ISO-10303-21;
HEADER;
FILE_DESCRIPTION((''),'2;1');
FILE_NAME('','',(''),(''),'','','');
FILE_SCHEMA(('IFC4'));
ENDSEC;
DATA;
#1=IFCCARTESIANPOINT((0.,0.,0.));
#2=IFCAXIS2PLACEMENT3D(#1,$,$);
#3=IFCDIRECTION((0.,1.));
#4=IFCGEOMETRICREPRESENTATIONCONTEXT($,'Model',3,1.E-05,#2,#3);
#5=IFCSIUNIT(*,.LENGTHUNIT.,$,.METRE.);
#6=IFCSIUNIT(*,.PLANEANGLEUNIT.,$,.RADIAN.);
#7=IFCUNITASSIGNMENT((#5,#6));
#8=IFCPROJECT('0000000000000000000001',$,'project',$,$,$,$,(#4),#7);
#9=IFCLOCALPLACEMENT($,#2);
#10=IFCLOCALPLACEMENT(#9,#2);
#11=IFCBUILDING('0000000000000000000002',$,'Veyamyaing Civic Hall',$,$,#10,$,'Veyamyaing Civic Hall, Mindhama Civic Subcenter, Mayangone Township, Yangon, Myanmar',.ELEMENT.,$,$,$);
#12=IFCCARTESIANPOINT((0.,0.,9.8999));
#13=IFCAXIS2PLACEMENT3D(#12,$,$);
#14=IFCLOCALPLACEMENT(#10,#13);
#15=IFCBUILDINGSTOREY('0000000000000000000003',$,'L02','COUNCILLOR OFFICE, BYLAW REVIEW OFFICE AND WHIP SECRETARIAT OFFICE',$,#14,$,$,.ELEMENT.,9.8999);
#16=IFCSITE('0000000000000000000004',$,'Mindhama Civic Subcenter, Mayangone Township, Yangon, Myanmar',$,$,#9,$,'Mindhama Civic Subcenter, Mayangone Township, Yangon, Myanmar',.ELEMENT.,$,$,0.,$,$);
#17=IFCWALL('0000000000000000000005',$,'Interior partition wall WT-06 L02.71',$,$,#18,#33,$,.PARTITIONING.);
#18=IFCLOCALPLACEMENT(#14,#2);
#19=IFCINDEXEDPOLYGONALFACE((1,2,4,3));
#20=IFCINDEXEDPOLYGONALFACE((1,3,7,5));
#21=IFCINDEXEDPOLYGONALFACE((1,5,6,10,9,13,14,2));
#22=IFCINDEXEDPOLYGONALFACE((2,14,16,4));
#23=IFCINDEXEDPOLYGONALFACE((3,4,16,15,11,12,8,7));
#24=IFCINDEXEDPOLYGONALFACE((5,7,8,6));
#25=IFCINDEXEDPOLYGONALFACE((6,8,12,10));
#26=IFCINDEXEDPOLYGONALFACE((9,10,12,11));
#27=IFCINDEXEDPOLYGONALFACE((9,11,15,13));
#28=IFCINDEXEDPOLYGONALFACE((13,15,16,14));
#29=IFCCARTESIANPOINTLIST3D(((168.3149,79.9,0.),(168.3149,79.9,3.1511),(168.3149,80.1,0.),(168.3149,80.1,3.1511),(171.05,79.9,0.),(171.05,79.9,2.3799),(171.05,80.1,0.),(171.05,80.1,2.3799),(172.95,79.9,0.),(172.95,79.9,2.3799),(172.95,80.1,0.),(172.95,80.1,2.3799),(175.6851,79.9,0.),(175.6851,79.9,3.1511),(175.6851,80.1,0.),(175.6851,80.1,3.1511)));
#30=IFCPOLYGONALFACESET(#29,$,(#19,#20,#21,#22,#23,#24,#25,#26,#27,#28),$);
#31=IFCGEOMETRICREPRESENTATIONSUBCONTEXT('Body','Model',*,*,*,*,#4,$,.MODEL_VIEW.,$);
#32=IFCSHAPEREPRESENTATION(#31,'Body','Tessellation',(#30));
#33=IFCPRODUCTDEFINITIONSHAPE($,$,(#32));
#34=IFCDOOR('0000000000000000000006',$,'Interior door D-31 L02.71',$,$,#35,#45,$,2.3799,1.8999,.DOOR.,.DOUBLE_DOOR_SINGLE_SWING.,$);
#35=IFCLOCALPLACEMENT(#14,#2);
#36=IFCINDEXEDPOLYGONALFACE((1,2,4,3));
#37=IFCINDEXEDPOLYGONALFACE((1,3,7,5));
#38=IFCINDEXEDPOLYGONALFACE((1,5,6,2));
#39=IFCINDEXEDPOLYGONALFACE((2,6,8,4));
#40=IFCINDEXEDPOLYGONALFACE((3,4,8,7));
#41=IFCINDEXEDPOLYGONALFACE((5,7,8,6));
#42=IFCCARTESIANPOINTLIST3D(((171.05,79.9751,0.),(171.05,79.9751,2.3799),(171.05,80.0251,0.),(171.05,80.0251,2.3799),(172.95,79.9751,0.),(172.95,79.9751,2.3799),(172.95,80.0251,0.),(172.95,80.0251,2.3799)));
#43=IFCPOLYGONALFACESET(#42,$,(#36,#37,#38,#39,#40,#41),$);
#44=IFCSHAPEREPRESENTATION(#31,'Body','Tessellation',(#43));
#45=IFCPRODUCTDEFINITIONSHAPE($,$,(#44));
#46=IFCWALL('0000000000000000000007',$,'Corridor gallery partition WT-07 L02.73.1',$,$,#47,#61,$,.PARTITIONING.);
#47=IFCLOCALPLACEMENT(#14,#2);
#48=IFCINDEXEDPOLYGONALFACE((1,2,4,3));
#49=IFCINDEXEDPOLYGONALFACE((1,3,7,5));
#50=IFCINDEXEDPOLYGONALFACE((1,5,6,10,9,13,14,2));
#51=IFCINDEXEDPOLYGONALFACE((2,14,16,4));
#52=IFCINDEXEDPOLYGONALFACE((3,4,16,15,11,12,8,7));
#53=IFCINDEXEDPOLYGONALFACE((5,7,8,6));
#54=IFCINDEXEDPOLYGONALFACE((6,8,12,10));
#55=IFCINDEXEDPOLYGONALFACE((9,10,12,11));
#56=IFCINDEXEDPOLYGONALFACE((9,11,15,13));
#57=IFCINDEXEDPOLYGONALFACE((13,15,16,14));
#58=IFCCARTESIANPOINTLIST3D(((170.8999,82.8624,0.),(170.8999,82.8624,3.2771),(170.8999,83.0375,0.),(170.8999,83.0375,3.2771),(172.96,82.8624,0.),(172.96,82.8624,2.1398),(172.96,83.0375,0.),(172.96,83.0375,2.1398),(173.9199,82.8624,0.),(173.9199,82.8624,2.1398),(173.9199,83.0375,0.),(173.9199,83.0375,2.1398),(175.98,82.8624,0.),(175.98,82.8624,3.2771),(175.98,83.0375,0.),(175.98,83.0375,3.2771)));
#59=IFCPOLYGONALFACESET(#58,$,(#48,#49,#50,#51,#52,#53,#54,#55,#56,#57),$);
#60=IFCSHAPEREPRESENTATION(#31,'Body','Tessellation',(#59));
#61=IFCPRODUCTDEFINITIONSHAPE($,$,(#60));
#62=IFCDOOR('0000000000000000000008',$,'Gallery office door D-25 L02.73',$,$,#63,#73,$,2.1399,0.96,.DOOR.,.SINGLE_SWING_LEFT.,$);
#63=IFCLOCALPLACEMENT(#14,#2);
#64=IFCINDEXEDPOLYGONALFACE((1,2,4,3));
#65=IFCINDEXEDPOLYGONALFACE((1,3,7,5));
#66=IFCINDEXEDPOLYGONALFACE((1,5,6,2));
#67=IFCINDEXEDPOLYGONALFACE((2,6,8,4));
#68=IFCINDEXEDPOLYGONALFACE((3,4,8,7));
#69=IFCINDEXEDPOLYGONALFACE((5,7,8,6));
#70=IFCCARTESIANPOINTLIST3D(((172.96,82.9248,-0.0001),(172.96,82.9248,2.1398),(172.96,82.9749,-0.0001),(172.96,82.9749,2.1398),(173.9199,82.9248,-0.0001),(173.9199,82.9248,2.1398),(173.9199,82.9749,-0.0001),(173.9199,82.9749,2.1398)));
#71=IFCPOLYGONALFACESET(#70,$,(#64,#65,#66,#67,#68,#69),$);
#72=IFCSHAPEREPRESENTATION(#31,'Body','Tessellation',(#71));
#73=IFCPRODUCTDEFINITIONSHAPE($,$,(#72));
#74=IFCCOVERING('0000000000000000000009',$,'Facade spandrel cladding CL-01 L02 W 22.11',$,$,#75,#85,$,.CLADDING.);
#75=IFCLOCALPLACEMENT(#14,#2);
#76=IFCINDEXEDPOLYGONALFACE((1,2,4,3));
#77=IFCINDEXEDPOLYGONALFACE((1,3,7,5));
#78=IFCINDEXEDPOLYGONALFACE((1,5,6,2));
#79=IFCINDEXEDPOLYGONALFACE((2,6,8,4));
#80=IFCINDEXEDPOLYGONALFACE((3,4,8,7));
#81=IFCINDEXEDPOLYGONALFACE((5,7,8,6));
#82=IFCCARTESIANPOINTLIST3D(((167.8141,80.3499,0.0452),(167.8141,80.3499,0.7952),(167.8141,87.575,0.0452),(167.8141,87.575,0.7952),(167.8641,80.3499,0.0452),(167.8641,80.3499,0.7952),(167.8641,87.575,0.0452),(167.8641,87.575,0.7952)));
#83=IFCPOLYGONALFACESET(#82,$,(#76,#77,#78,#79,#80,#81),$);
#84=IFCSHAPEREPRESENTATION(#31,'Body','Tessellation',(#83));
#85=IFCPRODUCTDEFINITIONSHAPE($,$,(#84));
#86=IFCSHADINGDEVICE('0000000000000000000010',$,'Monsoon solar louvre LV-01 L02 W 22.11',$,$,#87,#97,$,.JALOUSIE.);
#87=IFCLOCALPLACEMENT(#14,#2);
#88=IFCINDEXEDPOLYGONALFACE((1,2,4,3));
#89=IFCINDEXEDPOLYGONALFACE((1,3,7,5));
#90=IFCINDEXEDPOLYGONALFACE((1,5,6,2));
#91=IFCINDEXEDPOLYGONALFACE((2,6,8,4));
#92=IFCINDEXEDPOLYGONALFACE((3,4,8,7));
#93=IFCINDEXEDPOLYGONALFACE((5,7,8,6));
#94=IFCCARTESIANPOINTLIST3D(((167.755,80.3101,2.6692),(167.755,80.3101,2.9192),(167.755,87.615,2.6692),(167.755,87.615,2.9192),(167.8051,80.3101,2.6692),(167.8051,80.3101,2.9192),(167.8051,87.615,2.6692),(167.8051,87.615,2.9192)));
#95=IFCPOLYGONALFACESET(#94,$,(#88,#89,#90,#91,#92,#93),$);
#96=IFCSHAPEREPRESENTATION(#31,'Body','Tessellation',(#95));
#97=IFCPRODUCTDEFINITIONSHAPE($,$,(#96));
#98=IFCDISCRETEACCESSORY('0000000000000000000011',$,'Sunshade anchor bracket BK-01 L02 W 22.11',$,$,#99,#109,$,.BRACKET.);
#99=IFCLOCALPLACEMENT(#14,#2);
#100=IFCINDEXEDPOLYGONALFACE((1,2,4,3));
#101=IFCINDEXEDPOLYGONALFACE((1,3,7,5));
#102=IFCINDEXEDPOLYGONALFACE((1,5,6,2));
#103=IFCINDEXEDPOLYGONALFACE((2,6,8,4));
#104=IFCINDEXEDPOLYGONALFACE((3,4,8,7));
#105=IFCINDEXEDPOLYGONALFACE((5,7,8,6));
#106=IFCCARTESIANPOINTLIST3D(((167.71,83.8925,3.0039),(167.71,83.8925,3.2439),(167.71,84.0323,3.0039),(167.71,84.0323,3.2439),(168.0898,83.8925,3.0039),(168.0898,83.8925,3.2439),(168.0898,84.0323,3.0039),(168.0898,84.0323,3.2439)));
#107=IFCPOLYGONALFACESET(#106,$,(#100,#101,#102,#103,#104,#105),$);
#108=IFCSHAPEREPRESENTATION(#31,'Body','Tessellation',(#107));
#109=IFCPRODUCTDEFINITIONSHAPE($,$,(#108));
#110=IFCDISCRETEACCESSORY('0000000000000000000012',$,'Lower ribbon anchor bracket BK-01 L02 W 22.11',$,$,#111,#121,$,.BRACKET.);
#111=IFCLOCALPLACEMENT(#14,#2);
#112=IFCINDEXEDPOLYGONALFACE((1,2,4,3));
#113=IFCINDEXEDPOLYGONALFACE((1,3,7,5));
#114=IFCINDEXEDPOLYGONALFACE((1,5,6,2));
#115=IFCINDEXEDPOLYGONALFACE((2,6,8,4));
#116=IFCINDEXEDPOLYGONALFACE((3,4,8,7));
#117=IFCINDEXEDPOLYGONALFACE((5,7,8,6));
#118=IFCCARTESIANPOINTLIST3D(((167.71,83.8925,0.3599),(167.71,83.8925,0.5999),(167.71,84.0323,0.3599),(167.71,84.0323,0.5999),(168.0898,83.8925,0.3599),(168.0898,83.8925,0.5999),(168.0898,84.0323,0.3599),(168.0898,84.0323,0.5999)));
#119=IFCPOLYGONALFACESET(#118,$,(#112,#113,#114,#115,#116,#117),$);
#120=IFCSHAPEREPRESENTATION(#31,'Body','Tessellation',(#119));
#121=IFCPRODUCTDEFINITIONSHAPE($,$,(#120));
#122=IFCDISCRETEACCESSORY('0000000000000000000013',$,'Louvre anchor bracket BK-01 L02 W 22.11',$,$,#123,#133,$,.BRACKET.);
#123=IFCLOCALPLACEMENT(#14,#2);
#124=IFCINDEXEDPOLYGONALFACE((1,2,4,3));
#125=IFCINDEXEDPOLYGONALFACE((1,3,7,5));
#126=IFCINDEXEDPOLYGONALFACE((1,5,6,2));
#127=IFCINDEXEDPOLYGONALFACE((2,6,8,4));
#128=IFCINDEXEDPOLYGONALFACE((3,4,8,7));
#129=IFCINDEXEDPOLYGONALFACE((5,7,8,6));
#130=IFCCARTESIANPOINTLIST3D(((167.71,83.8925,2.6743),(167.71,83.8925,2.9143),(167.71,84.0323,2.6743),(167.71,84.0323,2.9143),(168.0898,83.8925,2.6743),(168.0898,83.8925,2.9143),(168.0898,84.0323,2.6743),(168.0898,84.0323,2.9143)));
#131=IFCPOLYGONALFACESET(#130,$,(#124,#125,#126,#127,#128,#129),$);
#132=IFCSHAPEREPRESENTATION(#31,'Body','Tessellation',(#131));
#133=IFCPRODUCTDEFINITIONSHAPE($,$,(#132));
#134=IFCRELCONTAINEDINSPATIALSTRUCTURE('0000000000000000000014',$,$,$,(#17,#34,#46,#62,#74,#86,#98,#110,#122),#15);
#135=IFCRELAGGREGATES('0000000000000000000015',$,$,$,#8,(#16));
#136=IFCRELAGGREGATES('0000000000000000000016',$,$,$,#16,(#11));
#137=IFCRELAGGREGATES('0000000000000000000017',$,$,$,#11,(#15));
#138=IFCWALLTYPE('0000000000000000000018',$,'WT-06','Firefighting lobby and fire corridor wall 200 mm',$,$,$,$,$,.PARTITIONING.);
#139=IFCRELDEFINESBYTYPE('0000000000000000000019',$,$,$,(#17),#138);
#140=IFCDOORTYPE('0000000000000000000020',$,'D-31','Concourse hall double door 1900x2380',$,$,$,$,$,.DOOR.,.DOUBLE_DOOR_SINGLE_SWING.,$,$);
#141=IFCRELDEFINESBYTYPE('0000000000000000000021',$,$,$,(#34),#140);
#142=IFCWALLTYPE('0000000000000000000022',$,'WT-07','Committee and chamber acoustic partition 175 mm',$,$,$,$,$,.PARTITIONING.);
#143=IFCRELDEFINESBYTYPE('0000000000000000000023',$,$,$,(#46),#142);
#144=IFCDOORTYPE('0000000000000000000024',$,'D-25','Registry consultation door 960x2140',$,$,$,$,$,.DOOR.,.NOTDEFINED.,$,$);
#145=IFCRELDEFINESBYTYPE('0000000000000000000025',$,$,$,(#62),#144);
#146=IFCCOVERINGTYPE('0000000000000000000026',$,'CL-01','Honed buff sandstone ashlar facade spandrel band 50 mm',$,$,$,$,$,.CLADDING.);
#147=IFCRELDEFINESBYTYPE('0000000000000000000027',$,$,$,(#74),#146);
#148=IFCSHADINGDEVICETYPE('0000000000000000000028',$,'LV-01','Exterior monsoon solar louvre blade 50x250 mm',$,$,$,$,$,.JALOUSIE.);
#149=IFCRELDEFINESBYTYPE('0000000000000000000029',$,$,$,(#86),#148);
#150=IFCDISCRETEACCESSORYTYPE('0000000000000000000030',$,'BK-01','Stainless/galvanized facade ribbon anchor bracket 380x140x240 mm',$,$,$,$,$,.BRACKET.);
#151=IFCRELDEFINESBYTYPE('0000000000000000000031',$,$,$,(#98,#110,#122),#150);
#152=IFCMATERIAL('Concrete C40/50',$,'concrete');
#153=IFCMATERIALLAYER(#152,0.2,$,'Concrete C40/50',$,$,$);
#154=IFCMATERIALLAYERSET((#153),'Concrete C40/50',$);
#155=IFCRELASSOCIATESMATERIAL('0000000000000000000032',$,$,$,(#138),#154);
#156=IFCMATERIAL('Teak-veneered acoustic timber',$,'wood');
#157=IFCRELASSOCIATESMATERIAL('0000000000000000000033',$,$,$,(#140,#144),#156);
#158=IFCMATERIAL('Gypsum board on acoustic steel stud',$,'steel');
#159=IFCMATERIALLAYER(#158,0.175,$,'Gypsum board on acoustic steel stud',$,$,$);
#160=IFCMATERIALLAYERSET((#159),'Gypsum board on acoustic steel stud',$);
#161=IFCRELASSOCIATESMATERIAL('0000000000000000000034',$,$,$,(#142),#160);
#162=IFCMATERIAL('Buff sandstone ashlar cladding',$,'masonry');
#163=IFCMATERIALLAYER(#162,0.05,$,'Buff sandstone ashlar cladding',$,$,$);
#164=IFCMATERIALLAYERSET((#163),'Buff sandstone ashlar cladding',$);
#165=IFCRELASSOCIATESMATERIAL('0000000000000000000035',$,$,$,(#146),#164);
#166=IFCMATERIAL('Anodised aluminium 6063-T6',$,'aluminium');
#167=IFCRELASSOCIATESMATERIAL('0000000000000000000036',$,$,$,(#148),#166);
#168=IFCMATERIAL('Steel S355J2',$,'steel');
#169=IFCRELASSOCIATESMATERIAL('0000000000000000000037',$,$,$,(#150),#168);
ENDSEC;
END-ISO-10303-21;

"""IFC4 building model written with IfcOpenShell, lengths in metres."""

from ifc_helpers import new_model, si_unit, direction, frame, frame_2d, origin, origin_2d, place, context, subcontext, project, spatial, rectangle, extrude, material, layer, layer_set, material_profile, profile_set, type_object, element, fill, save


model = new_model("IFC4")

# Units and contexts
model_context = context("Model", 3, precision=1e-05, world=origin(), true_north=direction((0.0, 1.0)))
body_context = subcontext(model_context, "Body", "Model", "MODEL_VIEW")
ifc_project = project(units=[si_unit("LENGTHUNIT", "METRE"), si_unit("PLANEANGLEUNIT", "RADIAN")], contexts=[model_context])

# Site, building, storey
site_placement = place(None, origin())
site = spatial("IfcSite", under=ifc_project, at=site_placement, Name="Mindhama Civic Subcenter, Mayangone Township, Yangon, Myanmar", LongName="Mindhama Civic Subcenter, Mayangone Township, Yangon, Myanmar", CompositionType="ELEMENT", RefElevation=0.0)
building_placement = place(site_placement, origin())
building = spatial("IfcBuilding", under=site, at=building_placement, Name="Veyamyaing Civic Hall", LongName="Veyamyaing Civic Hall, Mindhama Civic Subcenter, Mayangone Township, Yangon, Myanmar", CompositionType="ELEMENT")
storey_placement = place(building_placement, frame((0.0, 0.0, 9.8999)))
storey = spatial("IfcBuildingStorey", under=building, at=storey_placement, Name="L02", Description="COUNCILLOR OFFICE, BYLAW REVIEW OFFICE AND WHIP SECRETARIAT OFFICE", CompositionType="ELEMENT", Elevation=9.8999)

# Shared definitions
ifc_material_1 = material(Name="Anodised aluminium 6063-T6", Category="aluminium")

# Walls, openings, doors
ifc_material_2 = material(Name="Concrete C40/50", Category="concrete")
ifc_layer_1 = layer(ifc_material_2, 0.2, Name="Concrete C40/50")
ifc_layer_set_1 = layer_set([ifc_layer_1], Name="Concrete C40/50")
wall_type_1 = type_object("IfcWallType", Name="WT-06", Description="Firefighting lobby and fire corridor wall 200 mm", PredefinedType="PARTITIONING", material=ifc_layer_set_1)
wall_1_placement = place(storey_placement, frame((168.3149, 80.0, 0.0), z_axis=(0.0, 0.0, 1.0), x_axis=(1.0, 0.0, 0.0)))
wall_1 = element("IfcWall", 1, at=wall_1_placement, inside=storey, type_object=wall_type_1, Name="Interior partition wall WT-06 L02.71", PredefinedType="PARTITIONING", context=body_context, shape_type="SweptSolid", body=[
    extrude(rectangle(XDim=7.3701, YDim=0.2, at=frame_2d((3.6851, 0.0))), origin(), (0.0, 0.0, 1.0), 3.1511),
])
opening_1_placement = place(wall_1_placement, frame((2.7351, 0.0, 0.0)))
opening_1 = element("IfcOpeningElement", 2, at=opening_1_placement, cuts=wall_1, PredefinedType="OPENING", context=body_context, shape_type="SweptSolid", body=[
    extrude(rectangle(XDim=1.8999, YDim=2.3799, at=frame_2d((0.95, 1.1899))), frame((0.0, 0.1099, 0.0), z_axis=(0.0, -1.0, 0.0), x_axis=(1.0, 0.0, 0.0)), (0.0, 0.0, 1.0), 0.22),
])
ifc_material_3 = material(Name="Teak-veneered acoustic timber", Category="wood")
door_type_1 = type_object("IfcDoorType", Name="D-31", Description="Concourse hall double door 1900x2380", OperationType="DOUBLE_DOOR_SINGLE_SWING", PredefinedType="DOOR", material=ifc_material_3)
door_1_placement = place(opening_1_placement, frame((1.8999, 0.0, 0.0), z_axis=(0.0, 0.0, 1.0), x_axis=(-1.0, 0.0, 0.0)))
door_1 = element("IfcDoor", 3, at=door_1_placement, inside=storey, type_object=door_type_1, Name="Interior door D-31 L02.71", OperationType="DOUBLE_DOOR_SINGLE_SWING", OverallHeight=2.3799, OverallWidth=1.8999, PredefinedType="DOOR", context=body_context, shape_type="SweptSolid", body=[
    extrude(rectangle(XDim=1.8999, YDim=2.3799, at=frame_2d((0.95, 1.1899))), frame((0.0, 0.0249, 0.0), z_axis=(0.0, -1.0, 0.0), x_axis=(1.0, 0.0, 0.0)), (0.0, 0.0, 1.0), 0.05),
])
fill(opening_1, door_1)
ifc_material_4 = material(Name="Gypsum board on acoustic steel stud", Category="steel")
ifc_layer_2 = layer(ifc_material_4, 0.175, Name="Gypsum board on acoustic steel stud")
ifc_layer_set_2 = layer_set([ifc_layer_2], Name="Gypsum board on acoustic steel stud")
wall_type_2 = type_object("IfcWallType", Name="WT-07", Description="Committee and chamber acoustic partition 175 mm", PredefinedType="PARTITIONING", material=ifc_layer_set_2)
wall_2_placement = place(storey_placement, frame((170.8999, 82.95, 0.0), z_axis=(0.0, 0.0, 1.0), x_axis=(1.0, 0.0, 0.0)))
wall_2 = element("IfcWall", 4, at=wall_2_placement, inside=storey, type_object=wall_type_2, Name="Corridor gallery partition WT-07 L02.73.1", PredefinedType="PARTITIONING", context=body_context, shape_type="SweptSolid", body=[
    extrude(rectangle(XDim=5.0801, YDim=0.175, at=frame_2d((2.54, 0.0))), origin(), (0.0, 0.0, 1.0), 3.2771),
])
opening_2_placement = place(wall_2_placement, frame((2.0601, 0.0, 0.0)))
opening_2 = element("IfcOpeningElement", 5, at=opening_2_placement, cuts=wall_2, PredefinedType="OPENING", context=body_context, shape_type="SweptSolid", body=[
    extrude(rectangle(XDim=0.96, YDim=2.1399, at=frame_2d((0.48, 1.0698))), frame((0.0, 0.0974, 0.0), z_axis=(0.0, -1.0, 0.0), x_axis=(1.0, 0.0, 0.0)), (0.0, 0.0, 1.0), 0.1951),
])
door_type_2 = type_object("IfcDoorType", Name="D-25", Description="Registry consultation door 960x2140", OperationType="NOTDEFINED", PredefinedType="DOOR", material=ifc_material_3)
door_2_placement = place(opening_2_placement, origin())
door_2 = element("IfcDoor", 6, at=door_2_placement, inside=storey, type_object=door_type_2, Name="Gallery office door D-25 L02.73", OperationType="SINGLE_SWING_LEFT", OverallHeight=2.1399, OverallWidth=0.96, PredefinedType="DOOR", context=body_context, shape_type="SweptSolid", body=[
    extrude(rectangle(XDim=0.96, YDim=2.1399, at=frame_2d((0.48, 1.0698))), frame((0.0, 0.0249, 0.0), z_axis=(0.0, -1.0, 0.0), x_axis=(1.0, 0.0, 0.0)), (0.0, 0.0, 1.0), 0.05),
])
fill(opening_2, door_2)

# Covering
ifc_material_5 = material(Name="Buff sandstone ashlar cladding", Category="masonry")
ifc_layer_3 = layer(ifc_material_5, 0.05, Name="Buff sandstone ashlar cladding")
ifc_layer_set_3 = layer_set([ifc_layer_3], Name="Buff sandstone ashlar cladding")
covering_type = type_object("IfcCoveringType", Name="CL-01", Description="Honed buff sandstone ashlar facade spandrel band 50 mm", PredefinedType="CLADDING", material=ifc_layer_set_3)
covering_placement = place(storey_placement, frame((167.8391, 83.9624, 0.0452), z_axis=(0.0, 0.0, 1.0), x_axis=(0.0, 1.0, 0.0)))
element("IfcCovering", 7, at=covering_placement, inside=storey, type_object=covering_type, Name="Facade spandrel cladding CL-01 L02 W 22.11", PredefinedType="CLADDING", context=body_context, shape_type="SweptSolid", body=[
    extrude(rectangle(XDim=7.2251, YDim=0.05, at=origin_2d()), origin(), (0.0, 0.0, 1.0), 0.75),
])

# Shading device
ifc_material_profile_1 = material_profile(ifc_material_1, rectangle(XDim=0.05, YDim=0.25, at=origin_2d()), Name="LOUVRE-BLADE-50X250")
ifc_profile_set_1 = profile_set([ifc_material_profile_1], Name="Anodised aluminium 6063-T6")
shading_device_type = type_object("IfcShadingDeviceType", Name="LV-01", Description="Exterior monsoon solar louvre blade 50x250 mm", PredefinedType="JALOUSIE", material=ifc_profile_set_1)
shading_device_placement = place(storey_placement, frame((167.78, 80.3101, 2.7942), z_axis=(0.0, 1.0, 0.0), x_axis=(-1.0, 0.0, 0.0)))
element("IfcShadingDevice", 8, at=shading_device_placement, inside=storey, type_object=shading_device_type, Name="Monsoon solar louvre LV-01 L02 W 22.11", PredefinedType="JALOUSIE", context=body_context, shape_type="SweptSolid", body=[
    extrude(rectangle(XDim=0.05, YDim=0.25, at=origin_2d()), origin(), (0.0, 0.0, 1.0), 7.3049),
])

# Discrete accessories
ifc_material_6 = material(Name="Steel S355J2", Category="steel")
discrete_accessory_type = type_object("IfcDiscreteAccessoryType", Name="BK-01", Description="Stainless/galvanized facade ribbon anchor bracket 380x140x240 mm", PredefinedType="BRACKET", material=ifc_material_6)
for number, where, z_axis, x_axis, name in (
    (9, (167.8999, 83.9624, 3.0039), (0.0, 0.0, 1.0), (-1.0, 0.0, 0.0), "Sunshade anchor bracket BK-01 L02 W 22.11"),
    (10, (167.8999, 83.9624, 0.3599), (0.0, 0.0, 1.0), (-1.0, 0.0, 0.0), "Lower ribbon anchor bracket BK-01 L02 W 22.11"),
    (11, (167.8999, 83.9624, 2.6743), (0.0, 0.0, 1.0), (-1.0, 0.0, 0.0), "Louvre anchor bracket BK-01 L02 W 22.11"),
):
    element("IfcDiscreteAccessory", number, at=place(storey_placement, frame(where, z_axis=z_axis, x_axis=x_axis)), inside=storey, type_object=discrete_accessory_type, Name=name, PredefinedType="BRACKET", context=body_context, shape_type="SweptSolid", body=[
        extrude(rectangle(XDim=0.3799, YDim=0.1399, at=origin_2d()), origin(), (0.0, 0.0, 1.0), 0.24),
    ])

save(model, "model.ifc")
